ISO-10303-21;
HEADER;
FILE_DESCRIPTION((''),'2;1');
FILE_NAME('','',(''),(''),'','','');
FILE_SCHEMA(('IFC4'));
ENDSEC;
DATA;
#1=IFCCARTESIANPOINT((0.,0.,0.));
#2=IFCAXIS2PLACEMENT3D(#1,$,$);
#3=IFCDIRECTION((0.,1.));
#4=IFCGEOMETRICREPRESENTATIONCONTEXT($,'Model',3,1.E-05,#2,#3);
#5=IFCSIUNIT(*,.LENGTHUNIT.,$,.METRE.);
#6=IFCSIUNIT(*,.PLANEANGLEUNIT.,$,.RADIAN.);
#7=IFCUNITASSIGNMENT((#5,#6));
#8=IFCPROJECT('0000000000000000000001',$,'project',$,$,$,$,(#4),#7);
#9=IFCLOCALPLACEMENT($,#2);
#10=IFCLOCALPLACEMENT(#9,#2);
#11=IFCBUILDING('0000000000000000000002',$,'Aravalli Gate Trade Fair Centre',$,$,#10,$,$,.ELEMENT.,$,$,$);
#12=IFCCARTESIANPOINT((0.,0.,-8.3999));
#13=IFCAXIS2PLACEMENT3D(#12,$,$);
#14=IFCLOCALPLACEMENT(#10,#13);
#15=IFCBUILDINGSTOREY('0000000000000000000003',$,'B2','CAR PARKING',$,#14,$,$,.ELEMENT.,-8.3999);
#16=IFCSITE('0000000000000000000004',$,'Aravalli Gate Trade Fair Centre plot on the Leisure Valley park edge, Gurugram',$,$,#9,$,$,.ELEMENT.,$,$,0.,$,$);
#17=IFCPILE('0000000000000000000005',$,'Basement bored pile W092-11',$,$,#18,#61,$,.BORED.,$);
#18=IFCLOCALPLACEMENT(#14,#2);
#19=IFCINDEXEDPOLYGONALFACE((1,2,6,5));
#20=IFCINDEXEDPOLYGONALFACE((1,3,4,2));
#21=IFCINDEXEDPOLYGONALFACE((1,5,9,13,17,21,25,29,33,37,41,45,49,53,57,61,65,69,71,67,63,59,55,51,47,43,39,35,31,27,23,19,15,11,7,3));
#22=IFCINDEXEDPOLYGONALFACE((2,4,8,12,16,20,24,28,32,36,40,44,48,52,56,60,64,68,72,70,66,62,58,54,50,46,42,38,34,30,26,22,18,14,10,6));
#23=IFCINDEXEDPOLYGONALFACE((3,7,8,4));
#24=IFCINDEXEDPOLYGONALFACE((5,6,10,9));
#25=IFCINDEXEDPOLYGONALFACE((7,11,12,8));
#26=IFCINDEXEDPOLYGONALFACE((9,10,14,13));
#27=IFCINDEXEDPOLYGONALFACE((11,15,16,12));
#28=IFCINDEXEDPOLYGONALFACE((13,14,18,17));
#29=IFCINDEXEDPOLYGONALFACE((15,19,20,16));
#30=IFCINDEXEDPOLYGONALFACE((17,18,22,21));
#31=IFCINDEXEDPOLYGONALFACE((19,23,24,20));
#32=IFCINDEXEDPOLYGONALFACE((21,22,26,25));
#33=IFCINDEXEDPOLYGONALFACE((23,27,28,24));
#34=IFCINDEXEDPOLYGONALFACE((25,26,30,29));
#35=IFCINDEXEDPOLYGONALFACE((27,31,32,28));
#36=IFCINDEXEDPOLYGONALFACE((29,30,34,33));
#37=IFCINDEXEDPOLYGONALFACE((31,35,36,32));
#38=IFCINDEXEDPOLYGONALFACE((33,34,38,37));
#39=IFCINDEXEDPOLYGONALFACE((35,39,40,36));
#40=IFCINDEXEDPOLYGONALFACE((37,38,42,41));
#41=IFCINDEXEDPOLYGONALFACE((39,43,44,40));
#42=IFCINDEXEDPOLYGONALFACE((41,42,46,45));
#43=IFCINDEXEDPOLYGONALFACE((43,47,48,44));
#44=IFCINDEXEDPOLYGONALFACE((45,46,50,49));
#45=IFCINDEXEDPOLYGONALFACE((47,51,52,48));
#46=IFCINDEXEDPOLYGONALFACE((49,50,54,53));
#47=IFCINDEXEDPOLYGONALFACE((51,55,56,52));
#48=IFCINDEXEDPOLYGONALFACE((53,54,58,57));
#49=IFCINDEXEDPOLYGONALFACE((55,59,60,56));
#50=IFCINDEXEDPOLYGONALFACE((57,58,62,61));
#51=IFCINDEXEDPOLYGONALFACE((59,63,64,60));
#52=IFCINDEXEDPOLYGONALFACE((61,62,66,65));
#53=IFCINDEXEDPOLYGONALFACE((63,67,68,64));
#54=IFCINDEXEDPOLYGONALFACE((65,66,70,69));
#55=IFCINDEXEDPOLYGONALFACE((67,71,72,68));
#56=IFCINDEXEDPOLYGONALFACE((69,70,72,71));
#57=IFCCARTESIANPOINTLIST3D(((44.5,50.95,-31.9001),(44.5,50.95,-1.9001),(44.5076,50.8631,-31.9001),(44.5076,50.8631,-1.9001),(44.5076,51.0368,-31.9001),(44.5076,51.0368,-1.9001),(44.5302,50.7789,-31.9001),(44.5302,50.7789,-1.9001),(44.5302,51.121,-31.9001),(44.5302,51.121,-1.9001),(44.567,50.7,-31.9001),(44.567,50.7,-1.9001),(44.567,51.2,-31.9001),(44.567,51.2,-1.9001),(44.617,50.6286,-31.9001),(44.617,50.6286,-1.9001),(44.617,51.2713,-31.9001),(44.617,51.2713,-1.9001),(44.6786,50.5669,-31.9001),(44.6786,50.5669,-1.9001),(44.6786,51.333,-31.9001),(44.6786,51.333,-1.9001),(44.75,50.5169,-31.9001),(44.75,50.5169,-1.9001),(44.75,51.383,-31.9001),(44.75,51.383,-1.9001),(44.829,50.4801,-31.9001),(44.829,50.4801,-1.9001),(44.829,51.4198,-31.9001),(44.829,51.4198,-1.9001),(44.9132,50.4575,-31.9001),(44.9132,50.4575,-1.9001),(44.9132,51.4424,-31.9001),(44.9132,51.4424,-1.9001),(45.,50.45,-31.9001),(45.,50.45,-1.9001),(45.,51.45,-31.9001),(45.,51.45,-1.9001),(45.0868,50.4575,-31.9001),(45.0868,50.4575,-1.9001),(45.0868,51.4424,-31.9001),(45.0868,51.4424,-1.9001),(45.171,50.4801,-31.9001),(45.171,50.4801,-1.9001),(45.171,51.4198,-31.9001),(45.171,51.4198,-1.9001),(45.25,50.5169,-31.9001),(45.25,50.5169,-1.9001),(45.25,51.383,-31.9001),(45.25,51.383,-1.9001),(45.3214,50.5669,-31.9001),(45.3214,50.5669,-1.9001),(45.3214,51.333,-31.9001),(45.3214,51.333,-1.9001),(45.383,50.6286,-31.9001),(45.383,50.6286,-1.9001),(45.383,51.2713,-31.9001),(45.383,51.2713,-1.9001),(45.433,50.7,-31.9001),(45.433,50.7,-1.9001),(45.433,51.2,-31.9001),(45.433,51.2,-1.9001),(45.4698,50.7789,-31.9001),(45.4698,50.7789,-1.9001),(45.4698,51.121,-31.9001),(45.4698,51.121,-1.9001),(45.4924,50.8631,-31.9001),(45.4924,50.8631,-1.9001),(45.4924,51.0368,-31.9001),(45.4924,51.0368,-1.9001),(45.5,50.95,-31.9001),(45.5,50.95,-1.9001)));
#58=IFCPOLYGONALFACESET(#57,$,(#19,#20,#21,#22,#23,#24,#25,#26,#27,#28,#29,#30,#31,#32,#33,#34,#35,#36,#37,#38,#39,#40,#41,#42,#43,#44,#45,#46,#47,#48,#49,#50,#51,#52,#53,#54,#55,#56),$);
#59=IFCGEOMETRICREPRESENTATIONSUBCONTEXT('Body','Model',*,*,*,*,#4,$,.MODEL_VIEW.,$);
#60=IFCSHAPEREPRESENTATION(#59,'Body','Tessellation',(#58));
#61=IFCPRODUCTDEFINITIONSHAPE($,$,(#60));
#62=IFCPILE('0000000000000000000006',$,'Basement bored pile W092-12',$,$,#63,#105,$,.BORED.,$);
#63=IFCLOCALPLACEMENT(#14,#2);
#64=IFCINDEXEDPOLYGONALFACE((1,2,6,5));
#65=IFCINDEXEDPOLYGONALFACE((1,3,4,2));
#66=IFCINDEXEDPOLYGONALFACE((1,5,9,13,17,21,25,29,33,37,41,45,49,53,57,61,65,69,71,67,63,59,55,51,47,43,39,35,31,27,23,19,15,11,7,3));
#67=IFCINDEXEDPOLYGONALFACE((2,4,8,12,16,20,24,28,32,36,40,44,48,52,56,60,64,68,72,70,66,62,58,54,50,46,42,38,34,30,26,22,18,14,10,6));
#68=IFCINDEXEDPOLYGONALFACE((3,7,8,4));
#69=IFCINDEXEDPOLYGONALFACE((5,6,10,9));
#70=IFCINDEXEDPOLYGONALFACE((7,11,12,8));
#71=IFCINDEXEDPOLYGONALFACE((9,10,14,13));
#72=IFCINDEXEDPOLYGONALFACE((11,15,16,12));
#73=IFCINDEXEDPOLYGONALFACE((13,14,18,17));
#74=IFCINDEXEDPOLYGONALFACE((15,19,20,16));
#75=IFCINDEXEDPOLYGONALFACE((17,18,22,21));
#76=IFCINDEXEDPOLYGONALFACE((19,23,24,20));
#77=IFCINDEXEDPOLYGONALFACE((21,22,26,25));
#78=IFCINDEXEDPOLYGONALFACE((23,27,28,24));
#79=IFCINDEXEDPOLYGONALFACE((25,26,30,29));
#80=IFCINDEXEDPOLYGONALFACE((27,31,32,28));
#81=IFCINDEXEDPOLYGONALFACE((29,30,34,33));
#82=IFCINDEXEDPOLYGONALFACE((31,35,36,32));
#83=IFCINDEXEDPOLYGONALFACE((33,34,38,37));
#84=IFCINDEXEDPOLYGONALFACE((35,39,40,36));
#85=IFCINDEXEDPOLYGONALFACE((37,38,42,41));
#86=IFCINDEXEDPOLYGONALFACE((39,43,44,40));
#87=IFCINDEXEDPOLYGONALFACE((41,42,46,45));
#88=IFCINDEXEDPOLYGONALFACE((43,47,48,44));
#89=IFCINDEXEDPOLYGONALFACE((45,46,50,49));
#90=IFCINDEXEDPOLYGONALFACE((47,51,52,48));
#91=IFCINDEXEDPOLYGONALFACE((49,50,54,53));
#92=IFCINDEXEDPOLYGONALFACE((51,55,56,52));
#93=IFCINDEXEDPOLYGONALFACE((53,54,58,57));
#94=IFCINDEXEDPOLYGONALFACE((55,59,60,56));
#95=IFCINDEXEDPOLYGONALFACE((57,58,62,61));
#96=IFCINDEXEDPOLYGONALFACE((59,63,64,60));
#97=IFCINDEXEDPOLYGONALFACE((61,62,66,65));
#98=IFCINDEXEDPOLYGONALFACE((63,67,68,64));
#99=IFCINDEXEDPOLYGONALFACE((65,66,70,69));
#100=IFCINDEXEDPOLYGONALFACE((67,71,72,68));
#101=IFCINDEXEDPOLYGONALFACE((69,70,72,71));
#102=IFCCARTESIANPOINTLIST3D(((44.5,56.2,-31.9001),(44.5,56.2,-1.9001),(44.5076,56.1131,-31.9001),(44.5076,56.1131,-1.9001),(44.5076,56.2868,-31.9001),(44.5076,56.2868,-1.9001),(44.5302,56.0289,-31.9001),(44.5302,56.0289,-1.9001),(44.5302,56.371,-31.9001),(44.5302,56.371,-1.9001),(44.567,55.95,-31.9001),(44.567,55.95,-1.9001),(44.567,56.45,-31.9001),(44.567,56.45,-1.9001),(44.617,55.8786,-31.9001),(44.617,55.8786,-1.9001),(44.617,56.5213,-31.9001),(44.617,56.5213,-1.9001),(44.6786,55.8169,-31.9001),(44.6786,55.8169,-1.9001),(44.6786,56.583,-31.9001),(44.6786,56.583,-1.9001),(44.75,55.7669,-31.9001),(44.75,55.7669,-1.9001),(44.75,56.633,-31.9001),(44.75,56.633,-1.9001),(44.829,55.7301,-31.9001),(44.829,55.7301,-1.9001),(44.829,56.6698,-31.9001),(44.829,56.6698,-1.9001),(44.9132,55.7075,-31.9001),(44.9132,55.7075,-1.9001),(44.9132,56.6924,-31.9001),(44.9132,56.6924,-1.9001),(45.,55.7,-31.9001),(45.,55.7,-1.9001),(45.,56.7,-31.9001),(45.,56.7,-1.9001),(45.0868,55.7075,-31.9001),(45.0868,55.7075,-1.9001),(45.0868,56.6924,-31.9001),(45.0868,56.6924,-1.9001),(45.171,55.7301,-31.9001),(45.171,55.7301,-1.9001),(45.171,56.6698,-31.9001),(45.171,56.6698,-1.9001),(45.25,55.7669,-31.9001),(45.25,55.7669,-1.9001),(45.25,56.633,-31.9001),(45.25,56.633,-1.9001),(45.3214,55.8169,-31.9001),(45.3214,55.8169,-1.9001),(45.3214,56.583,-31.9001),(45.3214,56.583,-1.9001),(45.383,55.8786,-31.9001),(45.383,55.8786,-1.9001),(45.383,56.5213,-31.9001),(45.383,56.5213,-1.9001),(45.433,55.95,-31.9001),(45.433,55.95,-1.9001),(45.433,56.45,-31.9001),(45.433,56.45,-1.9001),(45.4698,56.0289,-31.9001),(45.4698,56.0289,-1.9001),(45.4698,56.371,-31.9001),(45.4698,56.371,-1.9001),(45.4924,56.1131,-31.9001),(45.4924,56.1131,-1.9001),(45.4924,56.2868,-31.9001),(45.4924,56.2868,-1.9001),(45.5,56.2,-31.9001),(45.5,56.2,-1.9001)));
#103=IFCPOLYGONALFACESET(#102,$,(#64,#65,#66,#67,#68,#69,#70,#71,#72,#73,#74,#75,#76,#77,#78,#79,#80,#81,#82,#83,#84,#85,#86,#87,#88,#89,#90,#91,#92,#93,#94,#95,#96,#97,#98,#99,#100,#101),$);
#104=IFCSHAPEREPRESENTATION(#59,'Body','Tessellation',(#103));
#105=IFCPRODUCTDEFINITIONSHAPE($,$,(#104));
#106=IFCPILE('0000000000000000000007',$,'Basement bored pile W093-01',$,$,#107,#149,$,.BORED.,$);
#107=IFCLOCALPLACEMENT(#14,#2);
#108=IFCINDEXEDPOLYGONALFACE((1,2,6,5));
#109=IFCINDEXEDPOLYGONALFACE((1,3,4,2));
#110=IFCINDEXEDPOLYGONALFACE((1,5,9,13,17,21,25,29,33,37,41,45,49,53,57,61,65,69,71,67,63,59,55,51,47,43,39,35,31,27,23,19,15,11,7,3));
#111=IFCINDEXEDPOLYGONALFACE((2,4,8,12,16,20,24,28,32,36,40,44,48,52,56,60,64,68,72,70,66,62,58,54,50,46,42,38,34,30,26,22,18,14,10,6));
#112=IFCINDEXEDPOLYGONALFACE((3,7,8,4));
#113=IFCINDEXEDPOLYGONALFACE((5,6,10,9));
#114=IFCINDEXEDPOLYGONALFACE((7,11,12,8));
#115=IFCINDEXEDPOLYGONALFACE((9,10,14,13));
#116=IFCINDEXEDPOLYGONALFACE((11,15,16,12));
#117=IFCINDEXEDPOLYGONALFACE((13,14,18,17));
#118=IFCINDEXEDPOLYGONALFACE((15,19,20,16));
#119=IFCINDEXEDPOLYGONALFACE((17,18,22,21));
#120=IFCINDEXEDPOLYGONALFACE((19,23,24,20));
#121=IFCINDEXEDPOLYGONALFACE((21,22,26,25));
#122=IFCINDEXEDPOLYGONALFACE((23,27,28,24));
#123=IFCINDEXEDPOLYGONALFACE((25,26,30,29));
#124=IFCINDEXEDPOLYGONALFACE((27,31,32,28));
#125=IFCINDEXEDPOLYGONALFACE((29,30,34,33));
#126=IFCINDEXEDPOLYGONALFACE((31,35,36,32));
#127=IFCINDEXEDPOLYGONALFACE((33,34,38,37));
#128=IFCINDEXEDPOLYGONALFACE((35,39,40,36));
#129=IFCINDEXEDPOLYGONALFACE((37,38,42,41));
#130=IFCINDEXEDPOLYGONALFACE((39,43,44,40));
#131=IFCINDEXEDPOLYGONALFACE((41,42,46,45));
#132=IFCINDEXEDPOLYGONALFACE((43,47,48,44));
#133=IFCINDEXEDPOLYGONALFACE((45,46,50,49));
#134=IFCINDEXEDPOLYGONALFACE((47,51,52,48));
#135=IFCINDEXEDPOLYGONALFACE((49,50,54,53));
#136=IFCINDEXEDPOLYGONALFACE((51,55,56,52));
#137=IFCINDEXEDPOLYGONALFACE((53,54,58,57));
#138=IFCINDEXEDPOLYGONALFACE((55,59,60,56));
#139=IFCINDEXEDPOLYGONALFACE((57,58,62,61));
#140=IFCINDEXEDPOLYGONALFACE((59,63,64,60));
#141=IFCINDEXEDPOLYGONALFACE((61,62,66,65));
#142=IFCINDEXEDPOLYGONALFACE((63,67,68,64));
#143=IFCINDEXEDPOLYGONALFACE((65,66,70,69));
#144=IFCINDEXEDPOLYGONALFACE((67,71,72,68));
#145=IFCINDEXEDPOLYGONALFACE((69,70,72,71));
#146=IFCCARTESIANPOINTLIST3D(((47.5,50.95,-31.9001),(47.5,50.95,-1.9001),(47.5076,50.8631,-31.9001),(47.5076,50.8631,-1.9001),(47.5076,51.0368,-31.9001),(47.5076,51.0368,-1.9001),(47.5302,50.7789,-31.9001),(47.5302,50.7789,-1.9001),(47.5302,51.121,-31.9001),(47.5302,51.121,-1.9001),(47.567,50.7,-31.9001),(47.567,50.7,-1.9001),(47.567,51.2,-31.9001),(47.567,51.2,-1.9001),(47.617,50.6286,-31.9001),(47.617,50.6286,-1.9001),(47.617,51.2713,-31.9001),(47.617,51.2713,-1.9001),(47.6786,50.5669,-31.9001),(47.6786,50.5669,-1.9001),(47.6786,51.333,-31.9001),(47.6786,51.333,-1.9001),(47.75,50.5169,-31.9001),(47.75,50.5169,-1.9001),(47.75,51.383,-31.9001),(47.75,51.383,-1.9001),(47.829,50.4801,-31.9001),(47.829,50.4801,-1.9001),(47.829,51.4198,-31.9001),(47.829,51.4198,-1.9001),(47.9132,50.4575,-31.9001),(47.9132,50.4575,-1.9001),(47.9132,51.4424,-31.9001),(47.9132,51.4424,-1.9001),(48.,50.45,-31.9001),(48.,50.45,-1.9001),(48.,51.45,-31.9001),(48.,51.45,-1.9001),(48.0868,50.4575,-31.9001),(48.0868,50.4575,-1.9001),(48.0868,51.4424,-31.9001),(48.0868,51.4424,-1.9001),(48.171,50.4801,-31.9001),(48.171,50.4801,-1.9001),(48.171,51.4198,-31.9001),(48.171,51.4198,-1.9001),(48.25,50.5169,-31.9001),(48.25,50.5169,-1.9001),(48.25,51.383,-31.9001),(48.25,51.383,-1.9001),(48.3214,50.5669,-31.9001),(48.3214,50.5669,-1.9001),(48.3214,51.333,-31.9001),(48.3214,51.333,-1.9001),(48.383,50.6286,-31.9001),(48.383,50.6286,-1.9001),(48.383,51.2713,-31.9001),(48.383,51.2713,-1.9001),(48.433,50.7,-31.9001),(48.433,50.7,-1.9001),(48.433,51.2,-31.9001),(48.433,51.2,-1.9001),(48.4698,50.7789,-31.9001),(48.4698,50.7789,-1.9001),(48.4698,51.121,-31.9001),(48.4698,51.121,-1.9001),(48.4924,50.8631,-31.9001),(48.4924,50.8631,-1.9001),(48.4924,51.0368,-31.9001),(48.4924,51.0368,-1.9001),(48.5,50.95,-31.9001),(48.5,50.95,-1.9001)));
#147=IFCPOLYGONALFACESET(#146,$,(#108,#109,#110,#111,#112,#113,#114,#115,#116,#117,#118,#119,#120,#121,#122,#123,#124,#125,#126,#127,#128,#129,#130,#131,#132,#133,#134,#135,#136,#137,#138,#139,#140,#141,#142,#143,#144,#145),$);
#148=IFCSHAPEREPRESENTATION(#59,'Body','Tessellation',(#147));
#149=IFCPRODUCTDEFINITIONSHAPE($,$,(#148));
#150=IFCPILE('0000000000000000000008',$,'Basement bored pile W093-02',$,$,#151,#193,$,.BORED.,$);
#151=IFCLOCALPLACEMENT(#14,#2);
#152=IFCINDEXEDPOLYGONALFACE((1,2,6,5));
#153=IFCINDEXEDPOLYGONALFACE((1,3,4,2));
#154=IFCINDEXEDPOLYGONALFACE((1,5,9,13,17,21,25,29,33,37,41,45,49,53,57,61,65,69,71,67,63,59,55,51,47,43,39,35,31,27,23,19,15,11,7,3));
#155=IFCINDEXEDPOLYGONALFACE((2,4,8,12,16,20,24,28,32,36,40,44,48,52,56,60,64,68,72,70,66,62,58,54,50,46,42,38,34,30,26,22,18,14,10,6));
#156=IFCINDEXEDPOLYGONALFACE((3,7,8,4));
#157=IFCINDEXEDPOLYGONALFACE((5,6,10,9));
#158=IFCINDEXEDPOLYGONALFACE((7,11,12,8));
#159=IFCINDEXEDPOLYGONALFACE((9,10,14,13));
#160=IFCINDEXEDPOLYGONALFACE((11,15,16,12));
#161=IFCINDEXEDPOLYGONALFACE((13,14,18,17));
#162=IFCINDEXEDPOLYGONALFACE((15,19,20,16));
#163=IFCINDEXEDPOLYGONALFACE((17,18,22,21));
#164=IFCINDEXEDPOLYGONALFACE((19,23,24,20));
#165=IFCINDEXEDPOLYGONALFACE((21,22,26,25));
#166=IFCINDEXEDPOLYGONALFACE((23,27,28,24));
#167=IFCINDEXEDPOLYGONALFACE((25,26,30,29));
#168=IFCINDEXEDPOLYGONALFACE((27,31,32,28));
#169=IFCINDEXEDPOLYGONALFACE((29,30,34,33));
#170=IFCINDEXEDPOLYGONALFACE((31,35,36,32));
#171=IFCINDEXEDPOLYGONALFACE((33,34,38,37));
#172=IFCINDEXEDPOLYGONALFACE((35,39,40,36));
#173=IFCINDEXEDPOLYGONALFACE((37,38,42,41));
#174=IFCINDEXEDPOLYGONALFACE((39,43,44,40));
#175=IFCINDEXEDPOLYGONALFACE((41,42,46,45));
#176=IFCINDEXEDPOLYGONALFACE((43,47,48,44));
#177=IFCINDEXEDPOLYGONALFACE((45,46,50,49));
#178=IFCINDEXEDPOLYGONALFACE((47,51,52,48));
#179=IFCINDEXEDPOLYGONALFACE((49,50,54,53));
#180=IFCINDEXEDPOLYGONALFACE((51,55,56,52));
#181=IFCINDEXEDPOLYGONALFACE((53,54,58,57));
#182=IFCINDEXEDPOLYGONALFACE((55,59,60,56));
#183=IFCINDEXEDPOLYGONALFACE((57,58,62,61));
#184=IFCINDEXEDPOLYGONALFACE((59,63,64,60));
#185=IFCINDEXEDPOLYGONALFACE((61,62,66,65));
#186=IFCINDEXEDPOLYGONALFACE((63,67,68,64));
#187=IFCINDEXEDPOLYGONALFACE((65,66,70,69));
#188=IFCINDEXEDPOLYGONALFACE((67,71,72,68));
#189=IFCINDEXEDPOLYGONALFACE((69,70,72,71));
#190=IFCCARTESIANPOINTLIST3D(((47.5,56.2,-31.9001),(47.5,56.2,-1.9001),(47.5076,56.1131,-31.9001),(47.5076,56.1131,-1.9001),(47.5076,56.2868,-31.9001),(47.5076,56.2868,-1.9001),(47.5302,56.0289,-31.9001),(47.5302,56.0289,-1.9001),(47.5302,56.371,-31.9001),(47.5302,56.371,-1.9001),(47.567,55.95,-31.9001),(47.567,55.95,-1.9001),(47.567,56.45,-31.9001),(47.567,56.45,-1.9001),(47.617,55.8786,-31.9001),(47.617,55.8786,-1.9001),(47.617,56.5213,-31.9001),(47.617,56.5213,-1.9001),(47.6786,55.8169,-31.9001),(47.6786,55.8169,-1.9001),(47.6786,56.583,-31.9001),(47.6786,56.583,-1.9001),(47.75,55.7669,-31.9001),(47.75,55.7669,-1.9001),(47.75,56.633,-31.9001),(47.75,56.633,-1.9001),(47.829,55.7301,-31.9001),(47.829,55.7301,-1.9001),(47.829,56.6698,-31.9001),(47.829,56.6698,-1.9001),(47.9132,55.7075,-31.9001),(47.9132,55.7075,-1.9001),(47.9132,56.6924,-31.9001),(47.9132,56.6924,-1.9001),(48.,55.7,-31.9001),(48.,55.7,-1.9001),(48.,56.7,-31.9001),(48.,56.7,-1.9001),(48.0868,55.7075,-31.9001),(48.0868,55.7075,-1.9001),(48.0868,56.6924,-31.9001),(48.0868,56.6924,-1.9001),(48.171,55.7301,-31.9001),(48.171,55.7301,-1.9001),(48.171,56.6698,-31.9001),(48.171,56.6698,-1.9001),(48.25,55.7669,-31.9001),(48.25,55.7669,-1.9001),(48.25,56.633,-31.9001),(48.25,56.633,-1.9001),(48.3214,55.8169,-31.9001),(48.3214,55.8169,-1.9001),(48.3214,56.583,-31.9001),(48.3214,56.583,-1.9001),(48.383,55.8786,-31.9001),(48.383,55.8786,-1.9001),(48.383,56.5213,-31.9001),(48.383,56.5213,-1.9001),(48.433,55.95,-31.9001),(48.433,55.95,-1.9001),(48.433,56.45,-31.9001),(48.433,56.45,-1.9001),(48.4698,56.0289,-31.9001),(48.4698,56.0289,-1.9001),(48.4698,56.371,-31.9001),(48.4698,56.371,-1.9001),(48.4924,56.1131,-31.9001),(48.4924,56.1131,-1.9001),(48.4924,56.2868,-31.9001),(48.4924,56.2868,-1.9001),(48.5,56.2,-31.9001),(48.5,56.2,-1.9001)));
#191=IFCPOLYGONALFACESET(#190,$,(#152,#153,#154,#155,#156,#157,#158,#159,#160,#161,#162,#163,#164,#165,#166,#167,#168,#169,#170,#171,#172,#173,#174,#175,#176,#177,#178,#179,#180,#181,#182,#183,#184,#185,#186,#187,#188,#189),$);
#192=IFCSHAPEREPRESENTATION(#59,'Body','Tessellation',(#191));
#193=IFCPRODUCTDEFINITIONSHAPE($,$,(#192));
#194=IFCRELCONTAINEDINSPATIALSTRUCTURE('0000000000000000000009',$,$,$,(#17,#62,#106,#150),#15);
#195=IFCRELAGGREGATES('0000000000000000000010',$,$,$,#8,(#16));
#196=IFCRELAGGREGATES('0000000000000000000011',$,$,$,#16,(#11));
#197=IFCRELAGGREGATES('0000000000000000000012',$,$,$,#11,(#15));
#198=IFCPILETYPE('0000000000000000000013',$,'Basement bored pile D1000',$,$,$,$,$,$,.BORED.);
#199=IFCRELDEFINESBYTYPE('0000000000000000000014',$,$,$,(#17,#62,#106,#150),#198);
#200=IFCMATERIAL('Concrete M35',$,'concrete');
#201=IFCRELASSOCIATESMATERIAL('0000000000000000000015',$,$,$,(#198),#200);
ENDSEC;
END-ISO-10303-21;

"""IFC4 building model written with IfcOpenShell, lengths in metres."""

from ifc_helpers import new_model, si_unit, direction, frame, origin, origin_2d, place, context, subcontext, project, spatial, circle, extrude, material, material_profile, profile_set, type_object, element, save


model = new_model("IFC4")

# Units and contexts
model_context = context("Model", 3, precision=1e-05, world=origin(), true_north=direction((0.0, 1.0)))
body_context = subcontext(model_context, "Body", "Model", "MODEL_VIEW")
ifc_project = project(units=[si_unit("LENGTHUNIT", "METRE"), si_unit("PLANEANGLEUNIT", "RADIAN")], contexts=[model_context])

# Site, building, storey
site_placement = place(None, origin())
site = spatial("IfcSite", under=ifc_project, at=site_placement, Name="Aravalli Gate Trade Fair Centre plot on the Leisure Valley park edge, Gurugram", CompositionType="ELEMENT", RefElevation=0.0)
building_placement = place(site_placement, origin())
building = spatial("IfcBuilding", under=site, at=building_placement, Name="Aravalli Gate Trade Fair Centre", CompositionType="ELEMENT")
storey_placement = place(building_placement, frame((0.0, 0.0, -8.3999)))
storey = spatial("IfcBuildingStorey", under=building, at=storey_placement, Name="B2", Description="CAR PARKING", CompositionType="ELEMENT", Elevation=-8.3999)

# Piles
ifc_material_1 = material(Name="Concrete M35", Category="concrete")
ifc_material_profile_1 = material_profile(ifc_material_1, circle(Radius=0.5, at=origin_2d()), Name="D1000")
ifc_profile_set_1 = profile_set([ifc_material_profile_1], Name="Concrete M35")
pile_type = type_object("IfcPileType", Name="Basement bored pile D1000", PredefinedType="BORED", material=ifc_profile_set_1)
for number, where, z_axis, x_axis, name in (
    (1, (45.0, 50.95, -1.9001), (0.0, 0.0, -1.0), (1.0, 0.0, 0.0), "Basement bored pile W092-11"),
    (2, (45.0, 56.2, -1.9001), (0.0, 0.0, -1.0), (1.0, 0.0, 0.0), "Basement bored pile W092-12"),
    (3, (48.0, 50.95, -1.9001), (0.0, 0.0, -1.0), (1.0, 0.0, 0.0), "Basement bored pile W093-01"),
    (4, (48.0, 56.2, -1.9001), (0.0, 0.0, -1.0), (1.0, 0.0, 0.0), "Basement bored pile W093-02"),
):
    element("IfcPile", number, at=place(storey_placement, frame(where, z_axis=z_axis, x_axis=x_axis)), inside=storey, type_object=pile_type, Name=name, PredefinedType="BORED", context=body_context, shape_type="SweptSolid", body=[
        extrude(circle(Radius=0.5, at=origin_2d()), origin(), (0.0, 0.0, 1.0), 30.0),
    ])

save(model, "model.ifc")
